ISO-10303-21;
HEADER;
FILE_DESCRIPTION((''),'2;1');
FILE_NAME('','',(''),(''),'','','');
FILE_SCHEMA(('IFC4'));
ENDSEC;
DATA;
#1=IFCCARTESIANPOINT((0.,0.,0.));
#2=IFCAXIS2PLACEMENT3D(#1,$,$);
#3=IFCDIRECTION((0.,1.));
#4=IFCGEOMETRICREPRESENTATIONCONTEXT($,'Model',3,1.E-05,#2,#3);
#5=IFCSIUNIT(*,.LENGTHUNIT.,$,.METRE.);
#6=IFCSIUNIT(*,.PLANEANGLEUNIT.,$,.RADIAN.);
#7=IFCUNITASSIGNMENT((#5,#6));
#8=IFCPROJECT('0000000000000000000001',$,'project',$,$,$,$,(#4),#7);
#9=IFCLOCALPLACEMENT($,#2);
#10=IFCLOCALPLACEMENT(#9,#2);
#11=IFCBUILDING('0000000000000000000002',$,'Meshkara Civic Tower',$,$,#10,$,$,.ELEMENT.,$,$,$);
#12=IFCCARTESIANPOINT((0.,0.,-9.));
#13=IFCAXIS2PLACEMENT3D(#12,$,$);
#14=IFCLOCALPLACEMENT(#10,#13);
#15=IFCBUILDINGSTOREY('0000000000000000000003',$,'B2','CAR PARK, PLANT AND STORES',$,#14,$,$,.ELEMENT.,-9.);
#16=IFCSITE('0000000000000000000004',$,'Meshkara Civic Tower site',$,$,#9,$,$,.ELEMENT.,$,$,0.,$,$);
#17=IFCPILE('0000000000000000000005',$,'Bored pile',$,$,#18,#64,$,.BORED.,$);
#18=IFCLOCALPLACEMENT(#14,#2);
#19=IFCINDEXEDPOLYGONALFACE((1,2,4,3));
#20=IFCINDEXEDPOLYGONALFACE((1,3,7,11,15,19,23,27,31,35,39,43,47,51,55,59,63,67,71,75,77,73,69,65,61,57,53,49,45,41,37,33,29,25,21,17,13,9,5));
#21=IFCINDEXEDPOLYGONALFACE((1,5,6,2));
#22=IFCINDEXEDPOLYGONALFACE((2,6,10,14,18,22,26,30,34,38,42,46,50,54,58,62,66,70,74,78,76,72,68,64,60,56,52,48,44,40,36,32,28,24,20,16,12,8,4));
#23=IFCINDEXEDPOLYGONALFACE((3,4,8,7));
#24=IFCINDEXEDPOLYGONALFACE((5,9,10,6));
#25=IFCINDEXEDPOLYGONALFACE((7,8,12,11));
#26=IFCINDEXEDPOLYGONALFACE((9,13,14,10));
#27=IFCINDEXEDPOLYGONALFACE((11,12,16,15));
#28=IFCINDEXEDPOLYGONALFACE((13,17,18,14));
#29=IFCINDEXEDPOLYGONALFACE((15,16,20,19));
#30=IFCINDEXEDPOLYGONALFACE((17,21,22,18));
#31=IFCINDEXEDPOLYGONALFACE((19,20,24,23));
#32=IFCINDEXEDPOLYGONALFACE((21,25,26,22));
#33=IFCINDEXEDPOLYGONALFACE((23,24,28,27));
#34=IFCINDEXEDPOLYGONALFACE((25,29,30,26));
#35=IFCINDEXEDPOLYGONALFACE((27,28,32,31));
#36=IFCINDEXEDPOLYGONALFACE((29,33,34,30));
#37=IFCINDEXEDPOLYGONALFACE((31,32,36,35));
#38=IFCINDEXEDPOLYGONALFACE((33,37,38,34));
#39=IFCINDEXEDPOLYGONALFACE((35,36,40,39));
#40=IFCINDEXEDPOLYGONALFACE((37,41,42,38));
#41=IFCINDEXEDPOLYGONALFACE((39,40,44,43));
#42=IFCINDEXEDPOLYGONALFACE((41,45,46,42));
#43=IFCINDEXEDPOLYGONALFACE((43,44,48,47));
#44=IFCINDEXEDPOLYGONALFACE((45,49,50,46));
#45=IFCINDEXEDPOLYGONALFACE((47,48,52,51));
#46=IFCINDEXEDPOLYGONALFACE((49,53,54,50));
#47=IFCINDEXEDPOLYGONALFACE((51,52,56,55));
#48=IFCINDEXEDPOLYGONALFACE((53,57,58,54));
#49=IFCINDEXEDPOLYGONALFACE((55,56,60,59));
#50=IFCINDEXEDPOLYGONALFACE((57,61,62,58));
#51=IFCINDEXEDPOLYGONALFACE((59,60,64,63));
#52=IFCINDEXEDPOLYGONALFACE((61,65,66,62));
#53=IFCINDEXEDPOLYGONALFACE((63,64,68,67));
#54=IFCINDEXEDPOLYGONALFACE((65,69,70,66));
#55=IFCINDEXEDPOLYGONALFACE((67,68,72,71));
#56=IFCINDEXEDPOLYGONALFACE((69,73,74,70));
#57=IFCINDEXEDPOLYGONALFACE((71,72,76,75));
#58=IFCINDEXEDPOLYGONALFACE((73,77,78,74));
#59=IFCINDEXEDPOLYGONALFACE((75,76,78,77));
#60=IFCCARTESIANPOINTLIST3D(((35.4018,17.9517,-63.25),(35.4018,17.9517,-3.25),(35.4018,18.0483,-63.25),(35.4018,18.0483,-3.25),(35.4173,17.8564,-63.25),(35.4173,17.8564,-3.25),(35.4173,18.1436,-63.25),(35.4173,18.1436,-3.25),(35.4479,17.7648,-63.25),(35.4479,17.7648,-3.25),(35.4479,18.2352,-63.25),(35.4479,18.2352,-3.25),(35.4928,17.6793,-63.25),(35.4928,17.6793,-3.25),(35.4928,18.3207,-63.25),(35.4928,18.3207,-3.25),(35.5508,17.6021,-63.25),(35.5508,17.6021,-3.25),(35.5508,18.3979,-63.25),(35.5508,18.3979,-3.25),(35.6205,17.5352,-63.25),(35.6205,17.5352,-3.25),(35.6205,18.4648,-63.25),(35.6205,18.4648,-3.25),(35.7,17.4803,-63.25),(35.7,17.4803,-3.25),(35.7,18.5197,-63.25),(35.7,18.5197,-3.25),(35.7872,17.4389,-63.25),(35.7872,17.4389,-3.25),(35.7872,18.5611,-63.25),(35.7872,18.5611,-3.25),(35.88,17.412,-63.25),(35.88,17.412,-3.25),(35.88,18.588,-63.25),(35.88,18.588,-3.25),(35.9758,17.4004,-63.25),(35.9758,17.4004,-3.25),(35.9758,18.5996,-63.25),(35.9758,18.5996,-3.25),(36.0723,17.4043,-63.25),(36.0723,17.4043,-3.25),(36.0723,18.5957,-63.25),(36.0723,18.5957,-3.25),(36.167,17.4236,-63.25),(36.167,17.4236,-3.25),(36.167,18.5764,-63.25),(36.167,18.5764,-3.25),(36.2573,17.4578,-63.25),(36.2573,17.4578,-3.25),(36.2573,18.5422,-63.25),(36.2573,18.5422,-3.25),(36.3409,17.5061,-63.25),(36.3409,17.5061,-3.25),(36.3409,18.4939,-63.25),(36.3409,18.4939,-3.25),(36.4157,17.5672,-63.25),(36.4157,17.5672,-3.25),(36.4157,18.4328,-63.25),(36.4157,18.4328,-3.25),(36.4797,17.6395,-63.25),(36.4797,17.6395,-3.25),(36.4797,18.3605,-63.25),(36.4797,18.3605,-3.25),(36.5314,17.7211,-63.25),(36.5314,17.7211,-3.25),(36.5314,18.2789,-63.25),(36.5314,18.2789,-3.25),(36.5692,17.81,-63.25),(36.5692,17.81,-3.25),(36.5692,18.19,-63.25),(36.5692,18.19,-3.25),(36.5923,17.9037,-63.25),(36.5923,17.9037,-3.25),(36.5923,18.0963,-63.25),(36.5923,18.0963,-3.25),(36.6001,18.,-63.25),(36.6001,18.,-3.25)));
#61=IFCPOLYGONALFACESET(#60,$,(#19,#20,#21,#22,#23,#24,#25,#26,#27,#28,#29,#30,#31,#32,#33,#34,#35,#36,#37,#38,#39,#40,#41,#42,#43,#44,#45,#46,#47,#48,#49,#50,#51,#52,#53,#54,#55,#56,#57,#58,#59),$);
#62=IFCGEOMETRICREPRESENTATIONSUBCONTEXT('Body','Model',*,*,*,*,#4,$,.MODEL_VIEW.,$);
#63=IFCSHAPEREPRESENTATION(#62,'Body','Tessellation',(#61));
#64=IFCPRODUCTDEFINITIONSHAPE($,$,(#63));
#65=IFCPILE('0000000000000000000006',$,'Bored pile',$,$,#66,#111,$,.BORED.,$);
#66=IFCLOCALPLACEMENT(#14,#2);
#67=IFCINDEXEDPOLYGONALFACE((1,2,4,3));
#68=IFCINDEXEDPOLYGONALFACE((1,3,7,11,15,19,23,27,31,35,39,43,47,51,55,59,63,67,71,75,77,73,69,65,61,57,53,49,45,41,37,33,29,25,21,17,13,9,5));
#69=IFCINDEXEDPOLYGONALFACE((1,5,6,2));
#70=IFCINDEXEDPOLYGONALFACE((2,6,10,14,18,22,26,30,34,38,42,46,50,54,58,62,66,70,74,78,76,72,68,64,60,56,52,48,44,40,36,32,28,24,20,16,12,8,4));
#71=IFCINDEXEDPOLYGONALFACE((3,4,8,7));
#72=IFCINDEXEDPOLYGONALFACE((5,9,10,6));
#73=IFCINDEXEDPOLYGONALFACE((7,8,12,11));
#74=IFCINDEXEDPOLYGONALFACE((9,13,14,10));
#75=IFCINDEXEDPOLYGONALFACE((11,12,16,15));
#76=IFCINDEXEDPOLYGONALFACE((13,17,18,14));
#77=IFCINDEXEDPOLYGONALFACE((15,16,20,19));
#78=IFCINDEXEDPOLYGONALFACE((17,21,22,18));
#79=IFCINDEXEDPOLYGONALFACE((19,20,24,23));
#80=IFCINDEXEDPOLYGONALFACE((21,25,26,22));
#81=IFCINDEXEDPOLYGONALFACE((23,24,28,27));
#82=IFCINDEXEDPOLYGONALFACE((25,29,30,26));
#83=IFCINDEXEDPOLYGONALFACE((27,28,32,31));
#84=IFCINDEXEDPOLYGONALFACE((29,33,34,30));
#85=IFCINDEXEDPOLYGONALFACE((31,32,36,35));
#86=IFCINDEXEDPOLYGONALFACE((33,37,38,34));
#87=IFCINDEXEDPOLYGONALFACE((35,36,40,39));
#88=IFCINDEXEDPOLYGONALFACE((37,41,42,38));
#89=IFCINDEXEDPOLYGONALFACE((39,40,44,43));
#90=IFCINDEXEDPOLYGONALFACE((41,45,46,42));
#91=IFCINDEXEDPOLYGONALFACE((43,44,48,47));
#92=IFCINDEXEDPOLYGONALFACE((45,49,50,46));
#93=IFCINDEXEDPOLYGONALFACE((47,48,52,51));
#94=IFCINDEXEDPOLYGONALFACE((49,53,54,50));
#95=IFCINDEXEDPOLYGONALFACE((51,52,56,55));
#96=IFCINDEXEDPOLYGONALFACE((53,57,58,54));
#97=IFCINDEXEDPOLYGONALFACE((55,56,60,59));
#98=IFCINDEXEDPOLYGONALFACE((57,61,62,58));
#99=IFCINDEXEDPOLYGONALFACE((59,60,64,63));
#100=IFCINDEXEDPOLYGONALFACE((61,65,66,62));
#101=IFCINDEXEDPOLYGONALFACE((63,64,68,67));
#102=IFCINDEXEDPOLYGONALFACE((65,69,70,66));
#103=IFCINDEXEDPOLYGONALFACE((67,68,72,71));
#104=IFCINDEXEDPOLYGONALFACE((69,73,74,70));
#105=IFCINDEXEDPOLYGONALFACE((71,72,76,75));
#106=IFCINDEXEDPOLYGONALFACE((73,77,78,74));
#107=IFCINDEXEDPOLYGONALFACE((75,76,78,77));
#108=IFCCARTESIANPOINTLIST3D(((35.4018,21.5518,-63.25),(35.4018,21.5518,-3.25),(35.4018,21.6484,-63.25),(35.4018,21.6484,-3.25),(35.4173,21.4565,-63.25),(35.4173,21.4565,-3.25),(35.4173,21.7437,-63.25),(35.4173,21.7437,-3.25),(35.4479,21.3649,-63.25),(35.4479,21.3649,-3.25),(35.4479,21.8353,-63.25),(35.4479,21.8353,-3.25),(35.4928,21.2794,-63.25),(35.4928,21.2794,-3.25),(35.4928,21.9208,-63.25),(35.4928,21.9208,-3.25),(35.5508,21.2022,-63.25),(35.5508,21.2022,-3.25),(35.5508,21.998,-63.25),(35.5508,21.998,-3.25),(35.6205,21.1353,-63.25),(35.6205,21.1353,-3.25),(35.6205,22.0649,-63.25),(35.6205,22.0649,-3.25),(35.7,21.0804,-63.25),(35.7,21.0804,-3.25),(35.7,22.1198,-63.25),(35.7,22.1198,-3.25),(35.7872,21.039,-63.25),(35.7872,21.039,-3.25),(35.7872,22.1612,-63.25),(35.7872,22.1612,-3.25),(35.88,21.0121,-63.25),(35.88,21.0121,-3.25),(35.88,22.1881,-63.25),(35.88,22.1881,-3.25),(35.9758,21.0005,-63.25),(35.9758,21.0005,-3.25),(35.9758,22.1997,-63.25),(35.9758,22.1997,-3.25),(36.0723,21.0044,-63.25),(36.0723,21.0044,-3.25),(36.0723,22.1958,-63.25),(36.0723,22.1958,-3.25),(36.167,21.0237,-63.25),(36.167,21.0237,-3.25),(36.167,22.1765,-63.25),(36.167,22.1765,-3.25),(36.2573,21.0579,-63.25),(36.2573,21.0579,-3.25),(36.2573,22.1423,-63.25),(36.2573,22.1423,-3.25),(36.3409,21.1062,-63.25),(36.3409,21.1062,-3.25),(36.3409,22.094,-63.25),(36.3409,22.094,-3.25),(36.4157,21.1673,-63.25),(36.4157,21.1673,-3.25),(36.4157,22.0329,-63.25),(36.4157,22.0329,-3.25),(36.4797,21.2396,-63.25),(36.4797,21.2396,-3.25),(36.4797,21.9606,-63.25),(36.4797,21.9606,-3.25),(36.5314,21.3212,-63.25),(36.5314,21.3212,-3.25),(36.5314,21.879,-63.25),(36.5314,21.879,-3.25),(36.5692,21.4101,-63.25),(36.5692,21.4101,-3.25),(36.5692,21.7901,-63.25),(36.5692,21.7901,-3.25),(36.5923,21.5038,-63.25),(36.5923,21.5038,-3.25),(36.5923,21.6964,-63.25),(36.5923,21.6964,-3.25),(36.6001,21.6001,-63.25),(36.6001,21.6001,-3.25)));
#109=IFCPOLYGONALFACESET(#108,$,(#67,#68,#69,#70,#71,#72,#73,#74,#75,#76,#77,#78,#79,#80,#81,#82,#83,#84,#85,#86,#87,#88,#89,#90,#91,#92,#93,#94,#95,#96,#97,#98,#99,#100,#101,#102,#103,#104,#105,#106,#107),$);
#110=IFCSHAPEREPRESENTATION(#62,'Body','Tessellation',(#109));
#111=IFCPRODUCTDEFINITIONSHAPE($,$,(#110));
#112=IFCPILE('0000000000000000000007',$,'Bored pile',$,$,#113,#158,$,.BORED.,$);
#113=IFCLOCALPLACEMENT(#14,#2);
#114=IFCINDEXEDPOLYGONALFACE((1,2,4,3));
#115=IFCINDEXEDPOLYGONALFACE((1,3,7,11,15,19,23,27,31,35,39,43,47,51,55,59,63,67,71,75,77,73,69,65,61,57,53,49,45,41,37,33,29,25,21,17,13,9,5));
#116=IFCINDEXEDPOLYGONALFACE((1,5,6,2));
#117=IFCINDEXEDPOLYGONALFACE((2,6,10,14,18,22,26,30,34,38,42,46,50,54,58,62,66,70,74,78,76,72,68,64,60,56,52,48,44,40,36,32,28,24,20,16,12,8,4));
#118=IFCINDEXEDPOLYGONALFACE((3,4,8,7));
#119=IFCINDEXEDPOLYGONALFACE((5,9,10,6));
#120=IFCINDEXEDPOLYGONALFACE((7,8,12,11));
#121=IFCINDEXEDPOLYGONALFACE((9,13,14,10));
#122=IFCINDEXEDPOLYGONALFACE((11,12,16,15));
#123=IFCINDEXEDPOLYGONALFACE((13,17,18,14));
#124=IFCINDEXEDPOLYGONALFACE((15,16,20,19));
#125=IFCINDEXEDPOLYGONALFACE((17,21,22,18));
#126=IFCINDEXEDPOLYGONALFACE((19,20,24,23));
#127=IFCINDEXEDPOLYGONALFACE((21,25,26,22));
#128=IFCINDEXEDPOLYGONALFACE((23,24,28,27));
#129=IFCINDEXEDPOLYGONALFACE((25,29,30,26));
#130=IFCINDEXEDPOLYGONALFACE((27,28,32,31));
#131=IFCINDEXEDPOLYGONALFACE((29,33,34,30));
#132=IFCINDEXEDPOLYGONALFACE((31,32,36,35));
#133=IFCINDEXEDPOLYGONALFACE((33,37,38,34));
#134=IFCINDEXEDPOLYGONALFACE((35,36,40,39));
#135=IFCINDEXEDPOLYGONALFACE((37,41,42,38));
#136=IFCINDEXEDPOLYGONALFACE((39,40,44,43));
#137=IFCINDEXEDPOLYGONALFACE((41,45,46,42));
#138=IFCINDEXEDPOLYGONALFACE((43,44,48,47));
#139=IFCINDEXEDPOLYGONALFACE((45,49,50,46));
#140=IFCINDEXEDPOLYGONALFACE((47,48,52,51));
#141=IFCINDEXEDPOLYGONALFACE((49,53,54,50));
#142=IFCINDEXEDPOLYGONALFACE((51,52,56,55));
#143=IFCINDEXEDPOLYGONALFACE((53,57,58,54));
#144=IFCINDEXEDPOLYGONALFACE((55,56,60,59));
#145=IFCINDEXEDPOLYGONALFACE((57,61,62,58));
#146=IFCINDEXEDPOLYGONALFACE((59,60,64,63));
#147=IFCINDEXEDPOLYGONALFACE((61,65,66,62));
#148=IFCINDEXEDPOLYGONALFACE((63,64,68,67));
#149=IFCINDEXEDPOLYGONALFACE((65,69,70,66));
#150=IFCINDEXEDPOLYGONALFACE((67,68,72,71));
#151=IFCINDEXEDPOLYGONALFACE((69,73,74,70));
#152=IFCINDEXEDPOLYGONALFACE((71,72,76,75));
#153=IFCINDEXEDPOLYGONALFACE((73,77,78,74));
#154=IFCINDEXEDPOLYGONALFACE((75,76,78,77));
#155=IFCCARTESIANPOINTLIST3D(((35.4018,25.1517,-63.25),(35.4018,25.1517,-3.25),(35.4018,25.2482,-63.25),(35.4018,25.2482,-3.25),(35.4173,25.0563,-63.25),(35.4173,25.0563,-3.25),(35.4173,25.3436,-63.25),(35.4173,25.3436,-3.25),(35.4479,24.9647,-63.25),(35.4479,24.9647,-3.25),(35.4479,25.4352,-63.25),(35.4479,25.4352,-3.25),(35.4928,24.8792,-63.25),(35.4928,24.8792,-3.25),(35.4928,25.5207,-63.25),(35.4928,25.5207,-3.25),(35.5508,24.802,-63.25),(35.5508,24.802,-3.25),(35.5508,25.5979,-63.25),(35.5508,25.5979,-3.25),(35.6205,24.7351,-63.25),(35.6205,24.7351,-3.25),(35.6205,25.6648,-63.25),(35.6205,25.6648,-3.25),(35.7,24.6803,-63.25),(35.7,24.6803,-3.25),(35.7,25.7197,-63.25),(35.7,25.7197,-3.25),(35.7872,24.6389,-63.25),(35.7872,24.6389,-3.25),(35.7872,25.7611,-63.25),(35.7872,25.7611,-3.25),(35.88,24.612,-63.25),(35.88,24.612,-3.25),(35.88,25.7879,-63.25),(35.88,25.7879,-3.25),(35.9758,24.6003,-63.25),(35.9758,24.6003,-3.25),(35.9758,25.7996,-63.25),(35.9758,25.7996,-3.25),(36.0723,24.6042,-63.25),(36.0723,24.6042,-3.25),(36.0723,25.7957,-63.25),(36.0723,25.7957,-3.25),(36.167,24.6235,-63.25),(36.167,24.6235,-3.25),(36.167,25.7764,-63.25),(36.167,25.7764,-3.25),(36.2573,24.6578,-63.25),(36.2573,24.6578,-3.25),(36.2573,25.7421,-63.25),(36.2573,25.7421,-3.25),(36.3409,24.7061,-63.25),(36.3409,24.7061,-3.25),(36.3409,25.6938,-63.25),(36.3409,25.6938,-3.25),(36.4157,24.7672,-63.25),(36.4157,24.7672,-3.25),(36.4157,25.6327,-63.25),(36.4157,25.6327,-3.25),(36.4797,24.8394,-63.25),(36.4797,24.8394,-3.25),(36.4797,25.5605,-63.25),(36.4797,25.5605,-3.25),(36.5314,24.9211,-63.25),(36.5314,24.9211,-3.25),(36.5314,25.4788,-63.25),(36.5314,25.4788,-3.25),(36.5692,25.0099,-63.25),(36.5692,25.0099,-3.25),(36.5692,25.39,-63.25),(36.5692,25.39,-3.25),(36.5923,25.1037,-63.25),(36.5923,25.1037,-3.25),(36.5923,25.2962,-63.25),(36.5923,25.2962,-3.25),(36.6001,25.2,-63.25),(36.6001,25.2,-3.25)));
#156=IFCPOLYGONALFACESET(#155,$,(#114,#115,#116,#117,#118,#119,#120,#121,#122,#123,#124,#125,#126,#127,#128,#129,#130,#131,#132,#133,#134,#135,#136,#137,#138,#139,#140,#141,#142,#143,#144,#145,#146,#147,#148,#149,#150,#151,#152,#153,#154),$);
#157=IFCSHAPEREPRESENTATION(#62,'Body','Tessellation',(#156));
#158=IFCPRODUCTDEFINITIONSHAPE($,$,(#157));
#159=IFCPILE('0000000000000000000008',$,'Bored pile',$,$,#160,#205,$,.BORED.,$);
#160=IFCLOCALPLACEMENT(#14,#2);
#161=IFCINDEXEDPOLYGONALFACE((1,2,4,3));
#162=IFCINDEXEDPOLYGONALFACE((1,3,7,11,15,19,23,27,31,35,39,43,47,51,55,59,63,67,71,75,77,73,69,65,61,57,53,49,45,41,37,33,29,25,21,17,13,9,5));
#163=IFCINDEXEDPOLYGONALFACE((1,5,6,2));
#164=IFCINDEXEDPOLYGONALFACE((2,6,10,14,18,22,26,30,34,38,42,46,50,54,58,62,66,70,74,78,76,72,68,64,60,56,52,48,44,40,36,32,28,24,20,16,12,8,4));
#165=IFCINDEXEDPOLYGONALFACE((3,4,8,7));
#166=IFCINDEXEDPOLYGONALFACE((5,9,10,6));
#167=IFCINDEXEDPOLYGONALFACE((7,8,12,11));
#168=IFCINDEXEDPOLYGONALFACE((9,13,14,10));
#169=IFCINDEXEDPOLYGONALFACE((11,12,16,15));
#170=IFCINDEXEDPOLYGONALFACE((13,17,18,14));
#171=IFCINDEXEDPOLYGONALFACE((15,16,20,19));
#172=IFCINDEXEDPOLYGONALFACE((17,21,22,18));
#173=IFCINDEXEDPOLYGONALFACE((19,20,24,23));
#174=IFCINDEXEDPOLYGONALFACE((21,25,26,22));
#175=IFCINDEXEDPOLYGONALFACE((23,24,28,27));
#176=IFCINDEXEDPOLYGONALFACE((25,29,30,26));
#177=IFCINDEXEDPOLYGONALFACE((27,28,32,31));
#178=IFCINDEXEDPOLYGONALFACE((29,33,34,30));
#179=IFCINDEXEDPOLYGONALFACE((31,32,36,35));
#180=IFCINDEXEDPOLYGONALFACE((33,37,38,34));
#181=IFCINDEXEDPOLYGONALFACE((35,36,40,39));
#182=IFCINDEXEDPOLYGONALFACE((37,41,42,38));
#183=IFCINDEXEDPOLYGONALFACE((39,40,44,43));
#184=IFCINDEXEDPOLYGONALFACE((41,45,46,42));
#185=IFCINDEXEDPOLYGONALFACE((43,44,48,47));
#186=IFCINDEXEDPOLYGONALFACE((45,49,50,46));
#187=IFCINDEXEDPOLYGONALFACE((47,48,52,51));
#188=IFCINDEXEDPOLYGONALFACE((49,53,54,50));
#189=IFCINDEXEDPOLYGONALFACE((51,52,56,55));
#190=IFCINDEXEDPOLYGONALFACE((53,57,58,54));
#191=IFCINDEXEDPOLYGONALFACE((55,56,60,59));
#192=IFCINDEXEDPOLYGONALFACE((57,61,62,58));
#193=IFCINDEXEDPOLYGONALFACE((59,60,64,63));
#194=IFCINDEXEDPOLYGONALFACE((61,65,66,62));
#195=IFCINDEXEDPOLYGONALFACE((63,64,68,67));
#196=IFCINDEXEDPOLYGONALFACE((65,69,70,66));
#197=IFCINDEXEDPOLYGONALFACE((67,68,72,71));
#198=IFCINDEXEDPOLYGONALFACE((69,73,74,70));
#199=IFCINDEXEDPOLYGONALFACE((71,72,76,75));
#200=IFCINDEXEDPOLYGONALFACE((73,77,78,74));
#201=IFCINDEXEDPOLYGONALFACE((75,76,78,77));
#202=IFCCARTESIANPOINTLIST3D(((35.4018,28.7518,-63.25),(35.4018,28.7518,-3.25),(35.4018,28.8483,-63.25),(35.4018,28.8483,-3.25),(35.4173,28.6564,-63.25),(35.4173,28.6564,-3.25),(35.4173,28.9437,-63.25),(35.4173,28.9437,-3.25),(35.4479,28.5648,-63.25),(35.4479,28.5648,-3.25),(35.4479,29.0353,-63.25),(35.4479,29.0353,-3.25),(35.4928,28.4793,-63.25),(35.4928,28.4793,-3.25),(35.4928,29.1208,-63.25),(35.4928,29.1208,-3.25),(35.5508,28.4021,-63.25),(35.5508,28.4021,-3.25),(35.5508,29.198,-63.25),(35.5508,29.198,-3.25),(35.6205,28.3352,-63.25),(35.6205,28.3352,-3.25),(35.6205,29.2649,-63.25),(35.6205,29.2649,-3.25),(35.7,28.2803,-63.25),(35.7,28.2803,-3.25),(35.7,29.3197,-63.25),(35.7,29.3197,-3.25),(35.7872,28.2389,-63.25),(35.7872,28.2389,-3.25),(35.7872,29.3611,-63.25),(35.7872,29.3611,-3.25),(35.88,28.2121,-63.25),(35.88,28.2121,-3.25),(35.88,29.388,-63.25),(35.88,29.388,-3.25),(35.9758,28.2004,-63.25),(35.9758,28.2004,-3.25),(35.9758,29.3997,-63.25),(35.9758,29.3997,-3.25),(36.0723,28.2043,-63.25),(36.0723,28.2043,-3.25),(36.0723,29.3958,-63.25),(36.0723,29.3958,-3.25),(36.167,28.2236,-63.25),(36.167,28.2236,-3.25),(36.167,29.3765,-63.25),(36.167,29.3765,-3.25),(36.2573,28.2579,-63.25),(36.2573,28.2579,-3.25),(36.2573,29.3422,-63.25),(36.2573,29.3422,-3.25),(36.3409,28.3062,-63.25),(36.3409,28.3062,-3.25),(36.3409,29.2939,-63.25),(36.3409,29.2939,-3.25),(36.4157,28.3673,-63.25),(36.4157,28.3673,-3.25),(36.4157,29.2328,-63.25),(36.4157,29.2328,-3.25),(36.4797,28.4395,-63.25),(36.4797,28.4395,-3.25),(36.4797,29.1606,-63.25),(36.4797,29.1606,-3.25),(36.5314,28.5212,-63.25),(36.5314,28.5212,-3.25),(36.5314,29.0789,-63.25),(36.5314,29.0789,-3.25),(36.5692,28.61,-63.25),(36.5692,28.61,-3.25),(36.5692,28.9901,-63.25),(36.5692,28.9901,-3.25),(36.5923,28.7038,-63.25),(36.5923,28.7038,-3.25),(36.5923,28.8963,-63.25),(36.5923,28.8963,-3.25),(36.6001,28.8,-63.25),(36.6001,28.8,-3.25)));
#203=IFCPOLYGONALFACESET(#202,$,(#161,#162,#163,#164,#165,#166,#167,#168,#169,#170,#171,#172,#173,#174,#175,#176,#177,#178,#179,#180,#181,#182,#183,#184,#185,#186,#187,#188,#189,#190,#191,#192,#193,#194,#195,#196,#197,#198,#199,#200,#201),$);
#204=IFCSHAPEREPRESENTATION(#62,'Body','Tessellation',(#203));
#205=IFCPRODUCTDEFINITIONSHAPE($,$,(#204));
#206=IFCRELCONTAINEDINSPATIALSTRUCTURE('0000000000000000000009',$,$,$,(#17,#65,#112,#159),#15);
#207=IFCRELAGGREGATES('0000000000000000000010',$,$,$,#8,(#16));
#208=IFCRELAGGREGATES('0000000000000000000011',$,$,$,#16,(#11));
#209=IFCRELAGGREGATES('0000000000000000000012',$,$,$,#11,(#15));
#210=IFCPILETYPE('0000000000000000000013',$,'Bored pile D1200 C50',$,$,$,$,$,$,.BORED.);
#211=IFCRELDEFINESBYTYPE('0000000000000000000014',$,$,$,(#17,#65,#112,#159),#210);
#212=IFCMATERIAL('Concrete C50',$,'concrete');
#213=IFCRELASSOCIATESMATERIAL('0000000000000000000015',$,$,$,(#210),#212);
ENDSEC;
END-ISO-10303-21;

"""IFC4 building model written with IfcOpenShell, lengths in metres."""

from ifc_helpers import new_model, si_unit, direction, frame, origin, origin_2d, place, context, subcontext, project, spatial, circle, extrude, material, material_profile, profile_set, type_object, element, save


model = new_model("IFC4")

# Units and contexts
model_context = context("Model", 3, precision=1e-05, world=origin(), true_north=direction((0.0, 1.0)))
body_context = subcontext(model_context, "Body", "Model", "MODEL_VIEW")
ifc_project = project(units=[si_unit("LENGTHUNIT", "METRE"), si_unit("PLANEANGLEUNIT", "RADIAN")], contexts=[model_context])

# Site, building, storey
site_placement = place(None, origin())
site = spatial("IfcSite", under=ifc_project, at=site_placement, Name="Meshkara Civic Tower site", CompositionType="ELEMENT", RefElevation=0.0)
building_placement = place(site_placement, origin())
building = spatial("IfcBuilding", under=site, at=building_placement, Name="Meshkara Civic Tower", CompositionType="ELEMENT")
storey_placement = place(building_placement, frame((0.0, 0.0, -9.0)))
storey = spatial("IfcBuildingStorey", under=building, at=storey_placement, Name="B2", Description="CAR PARK, PLANT AND STORES", CompositionType="ELEMENT", Elevation=-9.0)

# Piles
ifc_material_1 = material(Name="Concrete C50", Category="concrete")
ifc_material_profile_1 = material_profile(ifc_material_1, circle(Radius=0.6001, at=origin_2d()))
ifc_profile_set_1 = profile_set([ifc_material_profile_1], Name="Concrete C50")
pile_type = type_object("IfcPileType", Name="Bored pile D1200 C50", PredefinedType="BORED", material=ifc_profile_set_1)
for number, where, z_axis, x_axis, name in (
    (1, (36.0, 18.0, -3.25), (0.0, 0.0, -1.0), (1.0, 0.0, 0.0), "Bored pile"),
    (2, (36.0, 21.6001, -3.25), (0.0, 0.0, -1.0), (1.0, 0.0, 0.0), "Bored pile"),
    (3, (36.0, 25.2, -3.25), (0.0, 0.0, -1.0), (1.0, 0.0, 0.0), "Bored pile"),
    (4, (36.0, 28.8, -3.25), (0.0, 0.0, -1.0), (1.0, 0.0, 0.0), "Bored pile"),
):
    element("IfcPile", number, at=place(storey_placement, frame(where, z_axis=z_axis, x_axis=x_axis)), inside=storey, type_object=pile_type, Name=name, PredefinedType="BORED", context=body_context, shape_type="SweptSolid", body=[
        extrude(circle(Radius=0.6001, at=origin_2d()), origin(), (0.0, 0.0, 1.0), 60.0),
    ])

save(model, "model.ifc")
